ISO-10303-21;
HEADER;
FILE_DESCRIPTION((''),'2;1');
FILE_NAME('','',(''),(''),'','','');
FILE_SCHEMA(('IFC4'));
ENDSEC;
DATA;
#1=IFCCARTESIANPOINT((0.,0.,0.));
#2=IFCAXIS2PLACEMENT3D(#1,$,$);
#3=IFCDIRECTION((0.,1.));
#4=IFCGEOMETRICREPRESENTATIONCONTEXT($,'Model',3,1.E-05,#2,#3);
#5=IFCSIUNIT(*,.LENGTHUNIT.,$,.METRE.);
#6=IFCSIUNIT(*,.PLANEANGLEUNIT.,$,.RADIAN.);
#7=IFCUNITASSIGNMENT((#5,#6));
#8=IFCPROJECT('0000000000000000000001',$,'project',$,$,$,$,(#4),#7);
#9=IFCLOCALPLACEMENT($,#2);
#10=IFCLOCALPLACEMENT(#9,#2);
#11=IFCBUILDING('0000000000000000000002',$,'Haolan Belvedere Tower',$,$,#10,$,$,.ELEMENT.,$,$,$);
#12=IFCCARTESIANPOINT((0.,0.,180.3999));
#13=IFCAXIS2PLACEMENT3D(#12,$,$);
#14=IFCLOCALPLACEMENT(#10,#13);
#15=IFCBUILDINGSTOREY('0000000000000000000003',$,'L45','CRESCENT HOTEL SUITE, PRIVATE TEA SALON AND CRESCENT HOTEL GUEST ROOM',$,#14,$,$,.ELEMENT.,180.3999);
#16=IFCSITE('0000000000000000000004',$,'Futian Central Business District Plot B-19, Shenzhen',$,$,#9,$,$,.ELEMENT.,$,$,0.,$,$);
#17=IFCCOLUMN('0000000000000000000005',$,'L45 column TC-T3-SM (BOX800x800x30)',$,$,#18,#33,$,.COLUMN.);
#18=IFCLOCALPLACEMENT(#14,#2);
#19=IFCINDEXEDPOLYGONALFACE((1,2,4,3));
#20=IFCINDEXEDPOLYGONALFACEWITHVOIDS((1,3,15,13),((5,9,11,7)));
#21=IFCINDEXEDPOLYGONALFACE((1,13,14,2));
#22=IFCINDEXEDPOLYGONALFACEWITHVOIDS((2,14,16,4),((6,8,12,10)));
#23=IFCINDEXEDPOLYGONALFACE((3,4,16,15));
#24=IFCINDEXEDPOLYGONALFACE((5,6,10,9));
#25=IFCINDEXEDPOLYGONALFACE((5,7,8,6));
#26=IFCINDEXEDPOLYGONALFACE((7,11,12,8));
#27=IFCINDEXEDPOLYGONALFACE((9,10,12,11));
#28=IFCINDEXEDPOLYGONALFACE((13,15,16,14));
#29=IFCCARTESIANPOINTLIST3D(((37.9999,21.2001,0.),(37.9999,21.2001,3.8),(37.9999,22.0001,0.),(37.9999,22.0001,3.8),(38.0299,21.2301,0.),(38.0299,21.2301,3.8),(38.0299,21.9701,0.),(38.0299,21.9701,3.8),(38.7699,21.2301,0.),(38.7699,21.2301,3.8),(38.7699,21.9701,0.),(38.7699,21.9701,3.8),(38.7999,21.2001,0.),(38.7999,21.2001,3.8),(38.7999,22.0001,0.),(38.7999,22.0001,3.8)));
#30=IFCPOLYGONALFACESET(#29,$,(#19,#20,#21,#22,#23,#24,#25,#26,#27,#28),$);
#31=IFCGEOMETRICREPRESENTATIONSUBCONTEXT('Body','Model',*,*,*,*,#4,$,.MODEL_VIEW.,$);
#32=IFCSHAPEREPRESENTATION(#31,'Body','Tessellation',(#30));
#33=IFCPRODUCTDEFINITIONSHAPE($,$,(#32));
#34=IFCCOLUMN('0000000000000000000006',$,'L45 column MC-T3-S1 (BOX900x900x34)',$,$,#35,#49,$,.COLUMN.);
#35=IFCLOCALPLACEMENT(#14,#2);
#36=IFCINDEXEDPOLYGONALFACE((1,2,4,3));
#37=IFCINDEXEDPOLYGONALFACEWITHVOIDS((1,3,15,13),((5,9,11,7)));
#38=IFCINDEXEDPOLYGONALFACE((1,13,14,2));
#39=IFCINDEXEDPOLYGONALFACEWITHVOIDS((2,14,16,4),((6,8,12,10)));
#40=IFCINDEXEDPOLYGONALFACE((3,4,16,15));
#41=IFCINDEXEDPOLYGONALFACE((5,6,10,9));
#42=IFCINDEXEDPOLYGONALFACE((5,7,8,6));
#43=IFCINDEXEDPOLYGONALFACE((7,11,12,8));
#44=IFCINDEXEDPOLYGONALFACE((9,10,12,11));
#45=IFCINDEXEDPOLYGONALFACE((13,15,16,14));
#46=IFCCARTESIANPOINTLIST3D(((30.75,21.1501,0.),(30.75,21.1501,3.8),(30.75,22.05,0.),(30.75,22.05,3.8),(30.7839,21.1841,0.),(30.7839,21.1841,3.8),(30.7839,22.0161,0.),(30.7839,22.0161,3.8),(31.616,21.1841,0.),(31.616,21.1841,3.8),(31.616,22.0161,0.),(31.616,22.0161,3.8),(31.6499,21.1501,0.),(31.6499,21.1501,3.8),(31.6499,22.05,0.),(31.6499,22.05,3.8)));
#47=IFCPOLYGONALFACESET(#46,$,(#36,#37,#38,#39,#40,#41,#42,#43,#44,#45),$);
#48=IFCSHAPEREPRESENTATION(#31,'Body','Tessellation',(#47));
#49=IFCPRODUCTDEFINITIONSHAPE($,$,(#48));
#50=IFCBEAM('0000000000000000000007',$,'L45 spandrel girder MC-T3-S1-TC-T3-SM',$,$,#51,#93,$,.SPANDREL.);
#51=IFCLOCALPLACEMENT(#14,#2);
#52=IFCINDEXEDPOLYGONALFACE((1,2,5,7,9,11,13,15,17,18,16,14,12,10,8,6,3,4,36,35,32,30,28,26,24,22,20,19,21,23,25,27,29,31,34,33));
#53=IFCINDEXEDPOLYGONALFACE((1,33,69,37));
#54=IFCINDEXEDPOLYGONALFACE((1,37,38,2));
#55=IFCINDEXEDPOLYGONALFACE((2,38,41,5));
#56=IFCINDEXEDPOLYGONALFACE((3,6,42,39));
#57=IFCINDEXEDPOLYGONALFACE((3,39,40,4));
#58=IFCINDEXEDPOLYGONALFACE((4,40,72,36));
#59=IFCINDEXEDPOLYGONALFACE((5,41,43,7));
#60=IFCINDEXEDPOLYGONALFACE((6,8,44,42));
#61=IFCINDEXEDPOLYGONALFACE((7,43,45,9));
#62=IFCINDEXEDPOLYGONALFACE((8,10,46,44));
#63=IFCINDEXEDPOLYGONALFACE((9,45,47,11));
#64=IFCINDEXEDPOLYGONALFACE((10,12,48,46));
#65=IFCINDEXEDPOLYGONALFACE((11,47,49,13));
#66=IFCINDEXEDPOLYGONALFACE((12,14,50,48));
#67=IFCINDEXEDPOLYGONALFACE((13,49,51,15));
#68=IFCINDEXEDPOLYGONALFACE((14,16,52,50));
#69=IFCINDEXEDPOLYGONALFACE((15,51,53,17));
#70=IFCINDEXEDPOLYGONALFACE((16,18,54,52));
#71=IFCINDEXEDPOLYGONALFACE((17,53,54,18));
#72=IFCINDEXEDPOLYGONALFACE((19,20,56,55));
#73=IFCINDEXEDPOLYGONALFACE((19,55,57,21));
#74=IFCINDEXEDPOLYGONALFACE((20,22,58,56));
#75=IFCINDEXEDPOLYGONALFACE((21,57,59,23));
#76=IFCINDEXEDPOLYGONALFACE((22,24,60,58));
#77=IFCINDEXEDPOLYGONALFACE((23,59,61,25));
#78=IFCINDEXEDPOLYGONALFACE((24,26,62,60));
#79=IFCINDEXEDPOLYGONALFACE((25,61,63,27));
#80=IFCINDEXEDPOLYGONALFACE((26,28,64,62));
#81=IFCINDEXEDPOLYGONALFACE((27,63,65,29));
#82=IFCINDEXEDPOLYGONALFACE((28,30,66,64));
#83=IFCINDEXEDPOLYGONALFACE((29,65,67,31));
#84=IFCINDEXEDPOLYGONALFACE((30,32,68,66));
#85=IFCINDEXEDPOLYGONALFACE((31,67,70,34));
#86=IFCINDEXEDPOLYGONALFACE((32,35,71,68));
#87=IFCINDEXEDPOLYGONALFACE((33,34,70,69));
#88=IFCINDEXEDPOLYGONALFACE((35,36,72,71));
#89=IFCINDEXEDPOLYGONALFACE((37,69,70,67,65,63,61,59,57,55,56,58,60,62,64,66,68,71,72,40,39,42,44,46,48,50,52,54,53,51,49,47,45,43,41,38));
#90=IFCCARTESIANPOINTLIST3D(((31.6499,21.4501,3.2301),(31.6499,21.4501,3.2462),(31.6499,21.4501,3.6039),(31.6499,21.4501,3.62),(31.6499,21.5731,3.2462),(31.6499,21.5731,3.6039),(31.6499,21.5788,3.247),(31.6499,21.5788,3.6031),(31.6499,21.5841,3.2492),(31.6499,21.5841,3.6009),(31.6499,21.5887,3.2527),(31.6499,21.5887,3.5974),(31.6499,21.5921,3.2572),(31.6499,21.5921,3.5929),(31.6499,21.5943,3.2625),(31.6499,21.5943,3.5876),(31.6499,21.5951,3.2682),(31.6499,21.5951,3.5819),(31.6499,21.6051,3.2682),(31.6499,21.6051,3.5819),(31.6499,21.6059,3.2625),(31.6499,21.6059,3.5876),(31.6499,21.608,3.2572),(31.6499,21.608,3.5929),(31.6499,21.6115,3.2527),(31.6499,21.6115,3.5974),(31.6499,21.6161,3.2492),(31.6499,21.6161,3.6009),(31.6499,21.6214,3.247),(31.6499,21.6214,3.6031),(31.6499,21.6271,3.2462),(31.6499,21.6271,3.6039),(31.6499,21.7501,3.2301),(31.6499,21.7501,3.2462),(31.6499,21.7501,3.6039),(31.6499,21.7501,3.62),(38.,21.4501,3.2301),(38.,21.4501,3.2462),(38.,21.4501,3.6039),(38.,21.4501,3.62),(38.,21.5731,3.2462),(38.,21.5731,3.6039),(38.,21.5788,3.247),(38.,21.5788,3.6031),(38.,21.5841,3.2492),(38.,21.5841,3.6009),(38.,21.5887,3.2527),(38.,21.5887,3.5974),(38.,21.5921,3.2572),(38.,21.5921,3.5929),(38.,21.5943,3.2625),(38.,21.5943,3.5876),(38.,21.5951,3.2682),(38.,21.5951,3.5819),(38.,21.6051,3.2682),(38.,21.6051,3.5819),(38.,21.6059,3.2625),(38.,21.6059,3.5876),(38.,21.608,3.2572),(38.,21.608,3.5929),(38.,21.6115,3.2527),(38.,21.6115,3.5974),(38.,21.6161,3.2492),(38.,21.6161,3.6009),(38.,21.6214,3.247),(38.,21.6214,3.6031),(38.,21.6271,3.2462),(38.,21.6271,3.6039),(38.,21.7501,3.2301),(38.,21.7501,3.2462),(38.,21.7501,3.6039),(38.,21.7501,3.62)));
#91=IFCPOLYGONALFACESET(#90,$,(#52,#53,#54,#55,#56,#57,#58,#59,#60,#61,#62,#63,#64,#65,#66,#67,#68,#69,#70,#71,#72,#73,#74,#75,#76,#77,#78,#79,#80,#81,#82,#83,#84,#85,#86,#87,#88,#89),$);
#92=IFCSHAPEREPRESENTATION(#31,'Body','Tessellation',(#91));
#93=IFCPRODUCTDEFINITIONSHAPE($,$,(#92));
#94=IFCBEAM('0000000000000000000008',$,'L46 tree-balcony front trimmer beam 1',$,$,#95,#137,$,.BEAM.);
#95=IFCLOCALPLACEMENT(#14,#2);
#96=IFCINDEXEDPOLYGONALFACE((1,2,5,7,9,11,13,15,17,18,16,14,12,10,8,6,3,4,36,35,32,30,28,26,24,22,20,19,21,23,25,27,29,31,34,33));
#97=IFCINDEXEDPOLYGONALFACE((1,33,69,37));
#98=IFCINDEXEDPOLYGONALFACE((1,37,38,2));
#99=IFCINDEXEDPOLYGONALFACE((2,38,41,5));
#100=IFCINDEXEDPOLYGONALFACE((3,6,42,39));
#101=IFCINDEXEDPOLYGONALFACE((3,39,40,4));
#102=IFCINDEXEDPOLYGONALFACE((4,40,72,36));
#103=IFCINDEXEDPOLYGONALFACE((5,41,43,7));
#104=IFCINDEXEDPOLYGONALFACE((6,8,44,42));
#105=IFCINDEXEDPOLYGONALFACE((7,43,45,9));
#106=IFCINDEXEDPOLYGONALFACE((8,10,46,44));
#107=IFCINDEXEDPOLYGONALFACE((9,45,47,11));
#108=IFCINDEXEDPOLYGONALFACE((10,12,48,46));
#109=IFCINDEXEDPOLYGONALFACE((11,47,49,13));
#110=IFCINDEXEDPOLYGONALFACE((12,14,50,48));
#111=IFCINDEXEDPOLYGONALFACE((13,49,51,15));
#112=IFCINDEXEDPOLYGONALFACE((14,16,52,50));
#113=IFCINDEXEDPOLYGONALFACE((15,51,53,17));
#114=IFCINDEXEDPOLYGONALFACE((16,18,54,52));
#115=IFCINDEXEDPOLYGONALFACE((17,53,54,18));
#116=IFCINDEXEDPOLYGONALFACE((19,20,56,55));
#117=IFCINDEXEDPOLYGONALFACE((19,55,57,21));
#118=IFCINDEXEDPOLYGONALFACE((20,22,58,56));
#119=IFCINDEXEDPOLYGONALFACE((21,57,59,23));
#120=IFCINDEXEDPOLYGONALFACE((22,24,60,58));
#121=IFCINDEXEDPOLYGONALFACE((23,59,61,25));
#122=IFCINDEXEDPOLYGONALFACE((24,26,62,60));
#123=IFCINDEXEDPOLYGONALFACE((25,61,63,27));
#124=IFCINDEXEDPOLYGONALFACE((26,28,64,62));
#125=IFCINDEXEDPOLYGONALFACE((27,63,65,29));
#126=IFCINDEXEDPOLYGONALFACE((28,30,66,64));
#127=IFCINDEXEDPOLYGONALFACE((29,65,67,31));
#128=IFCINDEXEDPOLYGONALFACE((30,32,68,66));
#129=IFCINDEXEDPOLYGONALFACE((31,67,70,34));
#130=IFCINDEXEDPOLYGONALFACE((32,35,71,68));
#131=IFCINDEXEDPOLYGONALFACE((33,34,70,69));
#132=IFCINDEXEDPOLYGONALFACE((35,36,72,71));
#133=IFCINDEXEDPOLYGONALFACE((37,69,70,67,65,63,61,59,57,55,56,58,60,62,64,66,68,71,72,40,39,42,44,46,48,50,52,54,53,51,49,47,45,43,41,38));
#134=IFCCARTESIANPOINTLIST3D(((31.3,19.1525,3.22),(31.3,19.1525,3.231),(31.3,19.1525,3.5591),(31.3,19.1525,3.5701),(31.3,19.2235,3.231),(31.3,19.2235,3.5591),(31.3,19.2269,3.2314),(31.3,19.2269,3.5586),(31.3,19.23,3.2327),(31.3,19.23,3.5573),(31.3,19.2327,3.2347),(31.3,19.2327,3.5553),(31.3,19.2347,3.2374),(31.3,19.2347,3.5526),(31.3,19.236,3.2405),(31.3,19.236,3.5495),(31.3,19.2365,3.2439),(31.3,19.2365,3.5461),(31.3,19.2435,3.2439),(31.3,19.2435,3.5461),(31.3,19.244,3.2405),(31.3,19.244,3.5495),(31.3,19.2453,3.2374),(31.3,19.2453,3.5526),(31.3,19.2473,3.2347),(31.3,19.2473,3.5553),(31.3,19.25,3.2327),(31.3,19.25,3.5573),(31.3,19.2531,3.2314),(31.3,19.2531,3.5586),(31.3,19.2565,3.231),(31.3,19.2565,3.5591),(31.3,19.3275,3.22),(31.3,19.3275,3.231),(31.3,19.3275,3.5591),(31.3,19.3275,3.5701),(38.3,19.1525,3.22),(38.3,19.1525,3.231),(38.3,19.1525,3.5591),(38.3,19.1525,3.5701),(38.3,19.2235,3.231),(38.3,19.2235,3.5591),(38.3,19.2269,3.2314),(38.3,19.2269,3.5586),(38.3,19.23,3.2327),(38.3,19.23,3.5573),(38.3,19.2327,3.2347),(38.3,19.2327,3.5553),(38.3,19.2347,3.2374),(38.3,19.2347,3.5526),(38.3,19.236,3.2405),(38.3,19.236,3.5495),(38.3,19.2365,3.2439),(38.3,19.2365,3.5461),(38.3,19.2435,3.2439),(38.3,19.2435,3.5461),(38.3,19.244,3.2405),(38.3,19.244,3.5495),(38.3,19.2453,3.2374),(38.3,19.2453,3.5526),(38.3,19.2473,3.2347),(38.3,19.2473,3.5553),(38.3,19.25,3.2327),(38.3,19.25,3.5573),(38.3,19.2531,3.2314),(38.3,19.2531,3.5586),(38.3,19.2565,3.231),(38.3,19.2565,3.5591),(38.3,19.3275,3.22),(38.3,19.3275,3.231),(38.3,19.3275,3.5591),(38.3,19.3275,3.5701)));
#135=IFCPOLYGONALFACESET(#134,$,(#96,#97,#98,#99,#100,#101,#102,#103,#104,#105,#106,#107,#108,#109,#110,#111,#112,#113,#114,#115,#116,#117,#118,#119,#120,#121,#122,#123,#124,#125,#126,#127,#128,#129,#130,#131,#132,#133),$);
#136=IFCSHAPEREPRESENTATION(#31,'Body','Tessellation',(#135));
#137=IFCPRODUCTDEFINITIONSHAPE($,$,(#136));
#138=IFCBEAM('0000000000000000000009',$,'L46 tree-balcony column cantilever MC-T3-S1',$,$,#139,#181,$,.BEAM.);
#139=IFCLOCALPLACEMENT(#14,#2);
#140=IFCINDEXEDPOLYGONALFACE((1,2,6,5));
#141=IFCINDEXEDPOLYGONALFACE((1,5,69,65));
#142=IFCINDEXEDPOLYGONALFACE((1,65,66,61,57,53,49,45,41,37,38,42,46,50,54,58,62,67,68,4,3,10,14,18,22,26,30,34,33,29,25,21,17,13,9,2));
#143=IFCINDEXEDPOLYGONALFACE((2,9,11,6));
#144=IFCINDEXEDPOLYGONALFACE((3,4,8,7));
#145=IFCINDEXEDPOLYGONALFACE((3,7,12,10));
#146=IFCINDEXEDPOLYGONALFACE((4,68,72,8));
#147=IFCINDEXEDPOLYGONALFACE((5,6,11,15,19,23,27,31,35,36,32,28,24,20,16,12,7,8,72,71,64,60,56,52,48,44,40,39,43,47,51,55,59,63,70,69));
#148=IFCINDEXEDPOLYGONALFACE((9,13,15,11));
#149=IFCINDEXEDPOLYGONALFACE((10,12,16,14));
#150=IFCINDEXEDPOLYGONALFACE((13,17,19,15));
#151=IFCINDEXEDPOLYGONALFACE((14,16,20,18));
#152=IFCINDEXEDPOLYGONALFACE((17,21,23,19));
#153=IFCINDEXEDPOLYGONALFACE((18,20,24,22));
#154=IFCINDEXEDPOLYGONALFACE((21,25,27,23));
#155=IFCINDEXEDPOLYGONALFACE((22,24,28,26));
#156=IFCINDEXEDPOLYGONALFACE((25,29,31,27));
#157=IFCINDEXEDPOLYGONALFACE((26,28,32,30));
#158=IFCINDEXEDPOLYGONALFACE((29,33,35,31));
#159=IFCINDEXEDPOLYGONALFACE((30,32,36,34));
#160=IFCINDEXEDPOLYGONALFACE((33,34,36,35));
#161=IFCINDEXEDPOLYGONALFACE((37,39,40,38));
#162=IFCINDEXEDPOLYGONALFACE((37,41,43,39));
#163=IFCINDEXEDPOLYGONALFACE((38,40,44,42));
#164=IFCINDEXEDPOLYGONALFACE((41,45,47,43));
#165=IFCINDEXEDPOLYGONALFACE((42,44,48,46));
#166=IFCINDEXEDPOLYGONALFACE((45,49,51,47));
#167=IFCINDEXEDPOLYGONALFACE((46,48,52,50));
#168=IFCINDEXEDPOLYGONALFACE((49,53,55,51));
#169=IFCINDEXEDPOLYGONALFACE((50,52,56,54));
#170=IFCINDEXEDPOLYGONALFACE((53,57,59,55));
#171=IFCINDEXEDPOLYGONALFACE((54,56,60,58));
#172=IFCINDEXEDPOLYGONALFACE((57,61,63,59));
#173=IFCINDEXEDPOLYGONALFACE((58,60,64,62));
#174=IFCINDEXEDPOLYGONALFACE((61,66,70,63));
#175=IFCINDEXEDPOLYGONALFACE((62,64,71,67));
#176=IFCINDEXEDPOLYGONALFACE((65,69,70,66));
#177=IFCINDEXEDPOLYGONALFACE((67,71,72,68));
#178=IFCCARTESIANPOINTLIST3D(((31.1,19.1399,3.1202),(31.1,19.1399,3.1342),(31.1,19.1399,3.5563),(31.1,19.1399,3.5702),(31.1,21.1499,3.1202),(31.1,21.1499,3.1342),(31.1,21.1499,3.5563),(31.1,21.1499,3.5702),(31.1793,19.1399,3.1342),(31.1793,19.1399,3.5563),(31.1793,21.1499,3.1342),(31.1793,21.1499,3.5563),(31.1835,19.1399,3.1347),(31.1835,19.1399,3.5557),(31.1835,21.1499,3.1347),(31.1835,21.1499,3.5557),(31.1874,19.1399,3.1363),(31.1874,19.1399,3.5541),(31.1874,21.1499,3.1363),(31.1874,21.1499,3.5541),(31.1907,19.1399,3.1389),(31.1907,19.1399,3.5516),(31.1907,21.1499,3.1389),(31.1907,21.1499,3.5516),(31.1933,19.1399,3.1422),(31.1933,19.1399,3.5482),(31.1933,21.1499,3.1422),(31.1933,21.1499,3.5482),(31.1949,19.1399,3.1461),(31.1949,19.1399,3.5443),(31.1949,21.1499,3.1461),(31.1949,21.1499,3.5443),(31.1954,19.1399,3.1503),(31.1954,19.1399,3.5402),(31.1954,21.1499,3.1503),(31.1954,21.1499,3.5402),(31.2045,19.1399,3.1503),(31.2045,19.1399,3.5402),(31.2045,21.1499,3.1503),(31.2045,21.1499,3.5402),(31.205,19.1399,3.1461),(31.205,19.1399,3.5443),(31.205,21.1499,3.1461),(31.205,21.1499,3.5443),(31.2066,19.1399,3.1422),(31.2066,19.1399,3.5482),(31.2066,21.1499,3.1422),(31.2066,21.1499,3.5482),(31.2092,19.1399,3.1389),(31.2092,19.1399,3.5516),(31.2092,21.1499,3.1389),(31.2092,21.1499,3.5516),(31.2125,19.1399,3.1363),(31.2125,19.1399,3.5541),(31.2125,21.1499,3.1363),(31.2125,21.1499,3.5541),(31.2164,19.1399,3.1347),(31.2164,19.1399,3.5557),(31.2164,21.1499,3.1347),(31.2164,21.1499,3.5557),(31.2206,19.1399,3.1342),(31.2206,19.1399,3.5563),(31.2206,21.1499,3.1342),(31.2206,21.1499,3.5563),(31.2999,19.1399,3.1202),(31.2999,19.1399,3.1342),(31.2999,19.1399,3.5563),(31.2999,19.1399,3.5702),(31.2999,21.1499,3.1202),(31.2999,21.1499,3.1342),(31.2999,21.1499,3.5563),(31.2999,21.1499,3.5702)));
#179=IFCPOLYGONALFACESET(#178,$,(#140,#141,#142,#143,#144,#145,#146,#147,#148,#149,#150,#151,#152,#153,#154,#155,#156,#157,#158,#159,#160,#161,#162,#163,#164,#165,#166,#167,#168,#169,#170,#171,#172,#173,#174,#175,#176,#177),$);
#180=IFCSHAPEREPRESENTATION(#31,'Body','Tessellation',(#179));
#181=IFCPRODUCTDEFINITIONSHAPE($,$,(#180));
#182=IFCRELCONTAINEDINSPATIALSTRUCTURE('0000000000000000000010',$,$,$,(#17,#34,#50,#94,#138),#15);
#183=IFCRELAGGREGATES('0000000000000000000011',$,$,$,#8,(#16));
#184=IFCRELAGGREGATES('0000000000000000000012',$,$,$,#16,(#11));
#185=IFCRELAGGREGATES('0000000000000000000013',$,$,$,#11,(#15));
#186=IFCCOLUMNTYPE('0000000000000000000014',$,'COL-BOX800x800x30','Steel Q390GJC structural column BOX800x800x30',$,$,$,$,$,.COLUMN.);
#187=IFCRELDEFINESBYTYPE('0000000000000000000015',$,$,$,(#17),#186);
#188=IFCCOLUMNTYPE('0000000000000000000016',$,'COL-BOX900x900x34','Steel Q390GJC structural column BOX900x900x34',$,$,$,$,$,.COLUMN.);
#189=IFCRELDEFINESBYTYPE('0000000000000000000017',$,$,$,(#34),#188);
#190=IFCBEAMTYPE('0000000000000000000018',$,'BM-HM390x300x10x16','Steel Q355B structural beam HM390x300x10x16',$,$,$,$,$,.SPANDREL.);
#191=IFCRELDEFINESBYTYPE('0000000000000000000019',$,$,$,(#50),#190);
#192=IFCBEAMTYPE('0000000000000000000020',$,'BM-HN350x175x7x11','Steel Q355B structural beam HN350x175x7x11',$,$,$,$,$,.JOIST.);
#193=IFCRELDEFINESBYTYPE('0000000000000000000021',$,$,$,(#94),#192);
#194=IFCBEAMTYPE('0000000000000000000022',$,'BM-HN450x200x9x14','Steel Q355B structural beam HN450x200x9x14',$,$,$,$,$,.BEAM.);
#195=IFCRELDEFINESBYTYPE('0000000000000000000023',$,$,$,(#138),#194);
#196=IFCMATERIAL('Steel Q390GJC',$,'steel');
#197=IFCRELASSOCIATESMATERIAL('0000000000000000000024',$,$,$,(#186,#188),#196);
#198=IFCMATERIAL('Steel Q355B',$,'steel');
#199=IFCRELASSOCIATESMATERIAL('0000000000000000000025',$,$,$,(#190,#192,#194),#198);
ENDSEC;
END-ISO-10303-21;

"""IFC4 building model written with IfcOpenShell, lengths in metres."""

from ifc_helpers import new_model, si_unit, direction, frame, origin, origin_2d, place, context, subcontext, project, spatial, hollow_rectangle, i_section, extrude, material, material_profile, profile_set, type_object, element, save


model = new_model("IFC4")

# Units and contexts
model_context = context("Model", 3, precision=1e-05, world=origin(), true_north=direction((0.0, 1.0)))
body_context = subcontext(model_context, "Body", "Model", "MODEL_VIEW")
ifc_project = project(units=[si_unit("LENGTHUNIT", "METRE"), si_unit("PLANEANGLEUNIT", "RADIAN")], contexts=[model_context])

# Site, building, storey
site_placement = place(None, origin())
site = spatial("IfcSite", under=ifc_project, at=site_placement, Name="Futian Central Business District Plot B-19, Shenzhen", CompositionType="ELEMENT", RefElevation=0.0)
building_placement = place(site_placement, origin())
building = spatial("IfcBuilding", under=site, at=building_placement, Name="Haolan Belvedere Tower", CompositionType="ELEMENT")
storey_placement = place(building_placement, frame((0.0, 0.0, 180.3999)))
storey = spatial("IfcBuildingStorey", under=building, at=storey_placement, Name="L45", Description="CRESCENT HOTEL SUITE, PRIVATE TEA SALON AND CRESCENT HOTEL GUEST ROOM", CompositionType="ELEMENT", Elevation=180.3999)

# Columns
ifc_material_1 = material(Name="Steel Q390GJC", Category="steel")
ifc_material_profile_1 = material_profile(ifc_material_1, hollow_rectangle(XDim=0.8, YDim=0.8, WallThickness=0.03, at=origin_2d()), Name="Steel Q390GJC")
ifc_profile_set_1 = profile_set([ifc_material_profile_1], Name="Steel Q390GJC")
column_type_1 = type_object("IfcColumnType", Name="COL-BOX800x800x30", Description="Steel Q390GJC structural column BOX800x800x30", PredefinedType="COLUMN", material=ifc_profile_set_1)
column_1_placement = place(storey_placement, frame((38.3999, 21.6001, 0.0), z_axis=(0.0, 0.0, 1.0), x_axis=(1.0, 0.0, 0.0)))
element("IfcColumn", 1, at=column_1_placement, inside=storey, type_object=column_type_1, Name="L45 column TC-T3-SM (BOX800x800x30)", PredefinedType="COLUMN", context=body_context, shape_type="SweptSolid", body=[
    extrude(hollow_rectangle(XDim=0.8, YDim=0.8, WallThickness=0.03, at=origin_2d()), origin(), (0.0, 0.0, 1.0), 3.8),
])
ifc_material_profile_2 = material_profile(ifc_material_1, hollow_rectangle(XDim=0.8999, YDim=0.8999, WallThickness=0.0339, at=origin_2d()), Name="Steel Q390GJC")
ifc_profile_set_2 = profile_set([ifc_material_profile_2], Name="Steel Q390GJC")
column_type_2 = type_object("IfcColumnType", Name="COL-BOX900x900x34", Description="Steel Q390GJC structural column BOX900x900x34", PredefinedType="COLUMN", material=ifc_profile_set_2)
column_2_placement = place(storey_placement, frame((31.2, 21.6001, 0.0), z_axis=(0.0, 0.0, 1.0), x_axis=(1.0, 0.0, 0.0)))
element("IfcColumn", 2, at=column_2_placement, inside=storey, type_object=column_type_2, Name="L45 column MC-T3-S1 (BOX900x900x34)", PredefinedType="COLUMN", context=body_context, shape_type="SweptSolid", body=[
    extrude(hollow_rectangle(XDim=0.8999, YDim=0.8999, WallThickness=0.0339, at=origin_2d()), origin(), (0.0, 0.0, 1.0), 3.8),
])

# Beams
ifc_material_2 = material(Name="Steel Q355B", Category="steel")
ifc_material_profile_3 = material_profile(ifc_material_2, i_section(OverallWidth=0.3, OverallDepth=0.3899, WebThickness=0.01, FlangeThickness=0.0161, FilletRadius=0.022, at=origin_2d()), Name="Steel Q355B")
ifc_profile_set_3 = profile_set([ifc_material_profile_3], Name="Steel Q355B")
beam_type_1 = type_object("IfcBeamType", Name="BM-HM390x300x10x16", Description="Steel Q355B structural beam HM390x300x10x16", PredefinedType="SPANDREL", material=ifc_profile_set_3)
beam_1_placement = place(storey_placement, frame((31.6499, 21.6001, 3.425), z_axis=(1.0, 0.0, 0.0), x_axis=(0.0, 1.0, 0.0)))
element("IfcBeam", 3, at=beam_1_placement, inside=storey, type_object=beam_type_1, Name="L45 spandrel girder MC-T3-S1-TC-T3-SM", PredefinedType="SPANDREL", context=body_context, shape_type="SweptSolid", body=[
    extrude(i_section(OverallWidth=0.3, OverallDepth=0.3899, WebThickness=0.01, FlangeThickness=0.0161, FilletRadius=0.022, at=origin_2d()), origin(), (0.0, 0.0, 1.0), 6.3501),
])
ifc_material_profile_4 = material_profile(ifc_material_2, i_section(OverallWidth=0.175, OverallDepth=0.3501, WebThickness=0.0071, FlangeThickness=0.011, FilletRadius=0.0129, at=origin_2d()), Name="Steel Q355B")
ifc_profile_set_4 = profile_set([ifc_material_profile_4], Name="Steel Q355B")
beam_type_2 = type_object("IfcBeamType", Name="BM-HN350x175x7x11", Description="Steel Q355B structural beam HN350x175x7x11", PredefinedType="JOIST", material=ifc_profile_set_4)
beam_2_placement = place(storey_placement, frame((31.3, 19.24, 3.395), z_axis=(1.0, 0.0, 0.0), x_axis=(0.0, 1.0, 0.0)))
element("IfcBeam", 4, at=beam_2_placement, inside=storey, type_object=beam_type_2, Name="L46 tree-balcony front trimmer beam 1", PredefinedType="BEAM", context=body_context, shape_type="SweptSolid", body=[
    extrude(i_section(OverallWidth=0.175, OverallDepth=0.3501, WebThickness=0.0071, FlangeThickness=0.011, FilletRadius=0.0129, at=origin_2d()), origin(), (0.0, 0.0, 1.0), 7.0),
])
ifc_material_profile_5 = material_profile(ifc_material_2, i_section(OverallWidth=0.2, OverallDepth=0.45, WebThickness=0.009, FlangeThickness=0.0139, FilletRadius=0.0161, at=origin_2d()), Name="Steel Q355B")
ifc_profile_set_5 = profile_set([ifc_material_profile_5], Name="Steel Q355B")
beam_type_3 = type_object("IfcBeamType", Name="BM-HN450x200x9x14", Description="Steel Q355B structural beam HN450x200x9x14", PredefinedType="BEAM", material=ifc_profile_set_5)
beam_3_placement = place(storey_placement, frame((31.2, 21.1499, 3.3452), z_axis=(0.0, -1.0, 0.0), x_axis=(1.0, 0.0, 0.0)))
element("IfcBeam", 5, at=beam_3_placement, inside=storey, type_object=beam_type_3, Name="L46 tree-balcony column cantilever MC-T3-S1", PredefinedType="BEAM", context=body_context, shape_type="SweptSolid", body=[
    extrude(i_section(OverallWidth=0.2, OverallDepth=0.45, WebThickness=0.009, FlangeThickness=0.0139, FilletRadius=0.0161, at=origin_2d()), origin(), (0.0, 0.0, 1.0), 2.01),
])

save(model, "model.ifc")
